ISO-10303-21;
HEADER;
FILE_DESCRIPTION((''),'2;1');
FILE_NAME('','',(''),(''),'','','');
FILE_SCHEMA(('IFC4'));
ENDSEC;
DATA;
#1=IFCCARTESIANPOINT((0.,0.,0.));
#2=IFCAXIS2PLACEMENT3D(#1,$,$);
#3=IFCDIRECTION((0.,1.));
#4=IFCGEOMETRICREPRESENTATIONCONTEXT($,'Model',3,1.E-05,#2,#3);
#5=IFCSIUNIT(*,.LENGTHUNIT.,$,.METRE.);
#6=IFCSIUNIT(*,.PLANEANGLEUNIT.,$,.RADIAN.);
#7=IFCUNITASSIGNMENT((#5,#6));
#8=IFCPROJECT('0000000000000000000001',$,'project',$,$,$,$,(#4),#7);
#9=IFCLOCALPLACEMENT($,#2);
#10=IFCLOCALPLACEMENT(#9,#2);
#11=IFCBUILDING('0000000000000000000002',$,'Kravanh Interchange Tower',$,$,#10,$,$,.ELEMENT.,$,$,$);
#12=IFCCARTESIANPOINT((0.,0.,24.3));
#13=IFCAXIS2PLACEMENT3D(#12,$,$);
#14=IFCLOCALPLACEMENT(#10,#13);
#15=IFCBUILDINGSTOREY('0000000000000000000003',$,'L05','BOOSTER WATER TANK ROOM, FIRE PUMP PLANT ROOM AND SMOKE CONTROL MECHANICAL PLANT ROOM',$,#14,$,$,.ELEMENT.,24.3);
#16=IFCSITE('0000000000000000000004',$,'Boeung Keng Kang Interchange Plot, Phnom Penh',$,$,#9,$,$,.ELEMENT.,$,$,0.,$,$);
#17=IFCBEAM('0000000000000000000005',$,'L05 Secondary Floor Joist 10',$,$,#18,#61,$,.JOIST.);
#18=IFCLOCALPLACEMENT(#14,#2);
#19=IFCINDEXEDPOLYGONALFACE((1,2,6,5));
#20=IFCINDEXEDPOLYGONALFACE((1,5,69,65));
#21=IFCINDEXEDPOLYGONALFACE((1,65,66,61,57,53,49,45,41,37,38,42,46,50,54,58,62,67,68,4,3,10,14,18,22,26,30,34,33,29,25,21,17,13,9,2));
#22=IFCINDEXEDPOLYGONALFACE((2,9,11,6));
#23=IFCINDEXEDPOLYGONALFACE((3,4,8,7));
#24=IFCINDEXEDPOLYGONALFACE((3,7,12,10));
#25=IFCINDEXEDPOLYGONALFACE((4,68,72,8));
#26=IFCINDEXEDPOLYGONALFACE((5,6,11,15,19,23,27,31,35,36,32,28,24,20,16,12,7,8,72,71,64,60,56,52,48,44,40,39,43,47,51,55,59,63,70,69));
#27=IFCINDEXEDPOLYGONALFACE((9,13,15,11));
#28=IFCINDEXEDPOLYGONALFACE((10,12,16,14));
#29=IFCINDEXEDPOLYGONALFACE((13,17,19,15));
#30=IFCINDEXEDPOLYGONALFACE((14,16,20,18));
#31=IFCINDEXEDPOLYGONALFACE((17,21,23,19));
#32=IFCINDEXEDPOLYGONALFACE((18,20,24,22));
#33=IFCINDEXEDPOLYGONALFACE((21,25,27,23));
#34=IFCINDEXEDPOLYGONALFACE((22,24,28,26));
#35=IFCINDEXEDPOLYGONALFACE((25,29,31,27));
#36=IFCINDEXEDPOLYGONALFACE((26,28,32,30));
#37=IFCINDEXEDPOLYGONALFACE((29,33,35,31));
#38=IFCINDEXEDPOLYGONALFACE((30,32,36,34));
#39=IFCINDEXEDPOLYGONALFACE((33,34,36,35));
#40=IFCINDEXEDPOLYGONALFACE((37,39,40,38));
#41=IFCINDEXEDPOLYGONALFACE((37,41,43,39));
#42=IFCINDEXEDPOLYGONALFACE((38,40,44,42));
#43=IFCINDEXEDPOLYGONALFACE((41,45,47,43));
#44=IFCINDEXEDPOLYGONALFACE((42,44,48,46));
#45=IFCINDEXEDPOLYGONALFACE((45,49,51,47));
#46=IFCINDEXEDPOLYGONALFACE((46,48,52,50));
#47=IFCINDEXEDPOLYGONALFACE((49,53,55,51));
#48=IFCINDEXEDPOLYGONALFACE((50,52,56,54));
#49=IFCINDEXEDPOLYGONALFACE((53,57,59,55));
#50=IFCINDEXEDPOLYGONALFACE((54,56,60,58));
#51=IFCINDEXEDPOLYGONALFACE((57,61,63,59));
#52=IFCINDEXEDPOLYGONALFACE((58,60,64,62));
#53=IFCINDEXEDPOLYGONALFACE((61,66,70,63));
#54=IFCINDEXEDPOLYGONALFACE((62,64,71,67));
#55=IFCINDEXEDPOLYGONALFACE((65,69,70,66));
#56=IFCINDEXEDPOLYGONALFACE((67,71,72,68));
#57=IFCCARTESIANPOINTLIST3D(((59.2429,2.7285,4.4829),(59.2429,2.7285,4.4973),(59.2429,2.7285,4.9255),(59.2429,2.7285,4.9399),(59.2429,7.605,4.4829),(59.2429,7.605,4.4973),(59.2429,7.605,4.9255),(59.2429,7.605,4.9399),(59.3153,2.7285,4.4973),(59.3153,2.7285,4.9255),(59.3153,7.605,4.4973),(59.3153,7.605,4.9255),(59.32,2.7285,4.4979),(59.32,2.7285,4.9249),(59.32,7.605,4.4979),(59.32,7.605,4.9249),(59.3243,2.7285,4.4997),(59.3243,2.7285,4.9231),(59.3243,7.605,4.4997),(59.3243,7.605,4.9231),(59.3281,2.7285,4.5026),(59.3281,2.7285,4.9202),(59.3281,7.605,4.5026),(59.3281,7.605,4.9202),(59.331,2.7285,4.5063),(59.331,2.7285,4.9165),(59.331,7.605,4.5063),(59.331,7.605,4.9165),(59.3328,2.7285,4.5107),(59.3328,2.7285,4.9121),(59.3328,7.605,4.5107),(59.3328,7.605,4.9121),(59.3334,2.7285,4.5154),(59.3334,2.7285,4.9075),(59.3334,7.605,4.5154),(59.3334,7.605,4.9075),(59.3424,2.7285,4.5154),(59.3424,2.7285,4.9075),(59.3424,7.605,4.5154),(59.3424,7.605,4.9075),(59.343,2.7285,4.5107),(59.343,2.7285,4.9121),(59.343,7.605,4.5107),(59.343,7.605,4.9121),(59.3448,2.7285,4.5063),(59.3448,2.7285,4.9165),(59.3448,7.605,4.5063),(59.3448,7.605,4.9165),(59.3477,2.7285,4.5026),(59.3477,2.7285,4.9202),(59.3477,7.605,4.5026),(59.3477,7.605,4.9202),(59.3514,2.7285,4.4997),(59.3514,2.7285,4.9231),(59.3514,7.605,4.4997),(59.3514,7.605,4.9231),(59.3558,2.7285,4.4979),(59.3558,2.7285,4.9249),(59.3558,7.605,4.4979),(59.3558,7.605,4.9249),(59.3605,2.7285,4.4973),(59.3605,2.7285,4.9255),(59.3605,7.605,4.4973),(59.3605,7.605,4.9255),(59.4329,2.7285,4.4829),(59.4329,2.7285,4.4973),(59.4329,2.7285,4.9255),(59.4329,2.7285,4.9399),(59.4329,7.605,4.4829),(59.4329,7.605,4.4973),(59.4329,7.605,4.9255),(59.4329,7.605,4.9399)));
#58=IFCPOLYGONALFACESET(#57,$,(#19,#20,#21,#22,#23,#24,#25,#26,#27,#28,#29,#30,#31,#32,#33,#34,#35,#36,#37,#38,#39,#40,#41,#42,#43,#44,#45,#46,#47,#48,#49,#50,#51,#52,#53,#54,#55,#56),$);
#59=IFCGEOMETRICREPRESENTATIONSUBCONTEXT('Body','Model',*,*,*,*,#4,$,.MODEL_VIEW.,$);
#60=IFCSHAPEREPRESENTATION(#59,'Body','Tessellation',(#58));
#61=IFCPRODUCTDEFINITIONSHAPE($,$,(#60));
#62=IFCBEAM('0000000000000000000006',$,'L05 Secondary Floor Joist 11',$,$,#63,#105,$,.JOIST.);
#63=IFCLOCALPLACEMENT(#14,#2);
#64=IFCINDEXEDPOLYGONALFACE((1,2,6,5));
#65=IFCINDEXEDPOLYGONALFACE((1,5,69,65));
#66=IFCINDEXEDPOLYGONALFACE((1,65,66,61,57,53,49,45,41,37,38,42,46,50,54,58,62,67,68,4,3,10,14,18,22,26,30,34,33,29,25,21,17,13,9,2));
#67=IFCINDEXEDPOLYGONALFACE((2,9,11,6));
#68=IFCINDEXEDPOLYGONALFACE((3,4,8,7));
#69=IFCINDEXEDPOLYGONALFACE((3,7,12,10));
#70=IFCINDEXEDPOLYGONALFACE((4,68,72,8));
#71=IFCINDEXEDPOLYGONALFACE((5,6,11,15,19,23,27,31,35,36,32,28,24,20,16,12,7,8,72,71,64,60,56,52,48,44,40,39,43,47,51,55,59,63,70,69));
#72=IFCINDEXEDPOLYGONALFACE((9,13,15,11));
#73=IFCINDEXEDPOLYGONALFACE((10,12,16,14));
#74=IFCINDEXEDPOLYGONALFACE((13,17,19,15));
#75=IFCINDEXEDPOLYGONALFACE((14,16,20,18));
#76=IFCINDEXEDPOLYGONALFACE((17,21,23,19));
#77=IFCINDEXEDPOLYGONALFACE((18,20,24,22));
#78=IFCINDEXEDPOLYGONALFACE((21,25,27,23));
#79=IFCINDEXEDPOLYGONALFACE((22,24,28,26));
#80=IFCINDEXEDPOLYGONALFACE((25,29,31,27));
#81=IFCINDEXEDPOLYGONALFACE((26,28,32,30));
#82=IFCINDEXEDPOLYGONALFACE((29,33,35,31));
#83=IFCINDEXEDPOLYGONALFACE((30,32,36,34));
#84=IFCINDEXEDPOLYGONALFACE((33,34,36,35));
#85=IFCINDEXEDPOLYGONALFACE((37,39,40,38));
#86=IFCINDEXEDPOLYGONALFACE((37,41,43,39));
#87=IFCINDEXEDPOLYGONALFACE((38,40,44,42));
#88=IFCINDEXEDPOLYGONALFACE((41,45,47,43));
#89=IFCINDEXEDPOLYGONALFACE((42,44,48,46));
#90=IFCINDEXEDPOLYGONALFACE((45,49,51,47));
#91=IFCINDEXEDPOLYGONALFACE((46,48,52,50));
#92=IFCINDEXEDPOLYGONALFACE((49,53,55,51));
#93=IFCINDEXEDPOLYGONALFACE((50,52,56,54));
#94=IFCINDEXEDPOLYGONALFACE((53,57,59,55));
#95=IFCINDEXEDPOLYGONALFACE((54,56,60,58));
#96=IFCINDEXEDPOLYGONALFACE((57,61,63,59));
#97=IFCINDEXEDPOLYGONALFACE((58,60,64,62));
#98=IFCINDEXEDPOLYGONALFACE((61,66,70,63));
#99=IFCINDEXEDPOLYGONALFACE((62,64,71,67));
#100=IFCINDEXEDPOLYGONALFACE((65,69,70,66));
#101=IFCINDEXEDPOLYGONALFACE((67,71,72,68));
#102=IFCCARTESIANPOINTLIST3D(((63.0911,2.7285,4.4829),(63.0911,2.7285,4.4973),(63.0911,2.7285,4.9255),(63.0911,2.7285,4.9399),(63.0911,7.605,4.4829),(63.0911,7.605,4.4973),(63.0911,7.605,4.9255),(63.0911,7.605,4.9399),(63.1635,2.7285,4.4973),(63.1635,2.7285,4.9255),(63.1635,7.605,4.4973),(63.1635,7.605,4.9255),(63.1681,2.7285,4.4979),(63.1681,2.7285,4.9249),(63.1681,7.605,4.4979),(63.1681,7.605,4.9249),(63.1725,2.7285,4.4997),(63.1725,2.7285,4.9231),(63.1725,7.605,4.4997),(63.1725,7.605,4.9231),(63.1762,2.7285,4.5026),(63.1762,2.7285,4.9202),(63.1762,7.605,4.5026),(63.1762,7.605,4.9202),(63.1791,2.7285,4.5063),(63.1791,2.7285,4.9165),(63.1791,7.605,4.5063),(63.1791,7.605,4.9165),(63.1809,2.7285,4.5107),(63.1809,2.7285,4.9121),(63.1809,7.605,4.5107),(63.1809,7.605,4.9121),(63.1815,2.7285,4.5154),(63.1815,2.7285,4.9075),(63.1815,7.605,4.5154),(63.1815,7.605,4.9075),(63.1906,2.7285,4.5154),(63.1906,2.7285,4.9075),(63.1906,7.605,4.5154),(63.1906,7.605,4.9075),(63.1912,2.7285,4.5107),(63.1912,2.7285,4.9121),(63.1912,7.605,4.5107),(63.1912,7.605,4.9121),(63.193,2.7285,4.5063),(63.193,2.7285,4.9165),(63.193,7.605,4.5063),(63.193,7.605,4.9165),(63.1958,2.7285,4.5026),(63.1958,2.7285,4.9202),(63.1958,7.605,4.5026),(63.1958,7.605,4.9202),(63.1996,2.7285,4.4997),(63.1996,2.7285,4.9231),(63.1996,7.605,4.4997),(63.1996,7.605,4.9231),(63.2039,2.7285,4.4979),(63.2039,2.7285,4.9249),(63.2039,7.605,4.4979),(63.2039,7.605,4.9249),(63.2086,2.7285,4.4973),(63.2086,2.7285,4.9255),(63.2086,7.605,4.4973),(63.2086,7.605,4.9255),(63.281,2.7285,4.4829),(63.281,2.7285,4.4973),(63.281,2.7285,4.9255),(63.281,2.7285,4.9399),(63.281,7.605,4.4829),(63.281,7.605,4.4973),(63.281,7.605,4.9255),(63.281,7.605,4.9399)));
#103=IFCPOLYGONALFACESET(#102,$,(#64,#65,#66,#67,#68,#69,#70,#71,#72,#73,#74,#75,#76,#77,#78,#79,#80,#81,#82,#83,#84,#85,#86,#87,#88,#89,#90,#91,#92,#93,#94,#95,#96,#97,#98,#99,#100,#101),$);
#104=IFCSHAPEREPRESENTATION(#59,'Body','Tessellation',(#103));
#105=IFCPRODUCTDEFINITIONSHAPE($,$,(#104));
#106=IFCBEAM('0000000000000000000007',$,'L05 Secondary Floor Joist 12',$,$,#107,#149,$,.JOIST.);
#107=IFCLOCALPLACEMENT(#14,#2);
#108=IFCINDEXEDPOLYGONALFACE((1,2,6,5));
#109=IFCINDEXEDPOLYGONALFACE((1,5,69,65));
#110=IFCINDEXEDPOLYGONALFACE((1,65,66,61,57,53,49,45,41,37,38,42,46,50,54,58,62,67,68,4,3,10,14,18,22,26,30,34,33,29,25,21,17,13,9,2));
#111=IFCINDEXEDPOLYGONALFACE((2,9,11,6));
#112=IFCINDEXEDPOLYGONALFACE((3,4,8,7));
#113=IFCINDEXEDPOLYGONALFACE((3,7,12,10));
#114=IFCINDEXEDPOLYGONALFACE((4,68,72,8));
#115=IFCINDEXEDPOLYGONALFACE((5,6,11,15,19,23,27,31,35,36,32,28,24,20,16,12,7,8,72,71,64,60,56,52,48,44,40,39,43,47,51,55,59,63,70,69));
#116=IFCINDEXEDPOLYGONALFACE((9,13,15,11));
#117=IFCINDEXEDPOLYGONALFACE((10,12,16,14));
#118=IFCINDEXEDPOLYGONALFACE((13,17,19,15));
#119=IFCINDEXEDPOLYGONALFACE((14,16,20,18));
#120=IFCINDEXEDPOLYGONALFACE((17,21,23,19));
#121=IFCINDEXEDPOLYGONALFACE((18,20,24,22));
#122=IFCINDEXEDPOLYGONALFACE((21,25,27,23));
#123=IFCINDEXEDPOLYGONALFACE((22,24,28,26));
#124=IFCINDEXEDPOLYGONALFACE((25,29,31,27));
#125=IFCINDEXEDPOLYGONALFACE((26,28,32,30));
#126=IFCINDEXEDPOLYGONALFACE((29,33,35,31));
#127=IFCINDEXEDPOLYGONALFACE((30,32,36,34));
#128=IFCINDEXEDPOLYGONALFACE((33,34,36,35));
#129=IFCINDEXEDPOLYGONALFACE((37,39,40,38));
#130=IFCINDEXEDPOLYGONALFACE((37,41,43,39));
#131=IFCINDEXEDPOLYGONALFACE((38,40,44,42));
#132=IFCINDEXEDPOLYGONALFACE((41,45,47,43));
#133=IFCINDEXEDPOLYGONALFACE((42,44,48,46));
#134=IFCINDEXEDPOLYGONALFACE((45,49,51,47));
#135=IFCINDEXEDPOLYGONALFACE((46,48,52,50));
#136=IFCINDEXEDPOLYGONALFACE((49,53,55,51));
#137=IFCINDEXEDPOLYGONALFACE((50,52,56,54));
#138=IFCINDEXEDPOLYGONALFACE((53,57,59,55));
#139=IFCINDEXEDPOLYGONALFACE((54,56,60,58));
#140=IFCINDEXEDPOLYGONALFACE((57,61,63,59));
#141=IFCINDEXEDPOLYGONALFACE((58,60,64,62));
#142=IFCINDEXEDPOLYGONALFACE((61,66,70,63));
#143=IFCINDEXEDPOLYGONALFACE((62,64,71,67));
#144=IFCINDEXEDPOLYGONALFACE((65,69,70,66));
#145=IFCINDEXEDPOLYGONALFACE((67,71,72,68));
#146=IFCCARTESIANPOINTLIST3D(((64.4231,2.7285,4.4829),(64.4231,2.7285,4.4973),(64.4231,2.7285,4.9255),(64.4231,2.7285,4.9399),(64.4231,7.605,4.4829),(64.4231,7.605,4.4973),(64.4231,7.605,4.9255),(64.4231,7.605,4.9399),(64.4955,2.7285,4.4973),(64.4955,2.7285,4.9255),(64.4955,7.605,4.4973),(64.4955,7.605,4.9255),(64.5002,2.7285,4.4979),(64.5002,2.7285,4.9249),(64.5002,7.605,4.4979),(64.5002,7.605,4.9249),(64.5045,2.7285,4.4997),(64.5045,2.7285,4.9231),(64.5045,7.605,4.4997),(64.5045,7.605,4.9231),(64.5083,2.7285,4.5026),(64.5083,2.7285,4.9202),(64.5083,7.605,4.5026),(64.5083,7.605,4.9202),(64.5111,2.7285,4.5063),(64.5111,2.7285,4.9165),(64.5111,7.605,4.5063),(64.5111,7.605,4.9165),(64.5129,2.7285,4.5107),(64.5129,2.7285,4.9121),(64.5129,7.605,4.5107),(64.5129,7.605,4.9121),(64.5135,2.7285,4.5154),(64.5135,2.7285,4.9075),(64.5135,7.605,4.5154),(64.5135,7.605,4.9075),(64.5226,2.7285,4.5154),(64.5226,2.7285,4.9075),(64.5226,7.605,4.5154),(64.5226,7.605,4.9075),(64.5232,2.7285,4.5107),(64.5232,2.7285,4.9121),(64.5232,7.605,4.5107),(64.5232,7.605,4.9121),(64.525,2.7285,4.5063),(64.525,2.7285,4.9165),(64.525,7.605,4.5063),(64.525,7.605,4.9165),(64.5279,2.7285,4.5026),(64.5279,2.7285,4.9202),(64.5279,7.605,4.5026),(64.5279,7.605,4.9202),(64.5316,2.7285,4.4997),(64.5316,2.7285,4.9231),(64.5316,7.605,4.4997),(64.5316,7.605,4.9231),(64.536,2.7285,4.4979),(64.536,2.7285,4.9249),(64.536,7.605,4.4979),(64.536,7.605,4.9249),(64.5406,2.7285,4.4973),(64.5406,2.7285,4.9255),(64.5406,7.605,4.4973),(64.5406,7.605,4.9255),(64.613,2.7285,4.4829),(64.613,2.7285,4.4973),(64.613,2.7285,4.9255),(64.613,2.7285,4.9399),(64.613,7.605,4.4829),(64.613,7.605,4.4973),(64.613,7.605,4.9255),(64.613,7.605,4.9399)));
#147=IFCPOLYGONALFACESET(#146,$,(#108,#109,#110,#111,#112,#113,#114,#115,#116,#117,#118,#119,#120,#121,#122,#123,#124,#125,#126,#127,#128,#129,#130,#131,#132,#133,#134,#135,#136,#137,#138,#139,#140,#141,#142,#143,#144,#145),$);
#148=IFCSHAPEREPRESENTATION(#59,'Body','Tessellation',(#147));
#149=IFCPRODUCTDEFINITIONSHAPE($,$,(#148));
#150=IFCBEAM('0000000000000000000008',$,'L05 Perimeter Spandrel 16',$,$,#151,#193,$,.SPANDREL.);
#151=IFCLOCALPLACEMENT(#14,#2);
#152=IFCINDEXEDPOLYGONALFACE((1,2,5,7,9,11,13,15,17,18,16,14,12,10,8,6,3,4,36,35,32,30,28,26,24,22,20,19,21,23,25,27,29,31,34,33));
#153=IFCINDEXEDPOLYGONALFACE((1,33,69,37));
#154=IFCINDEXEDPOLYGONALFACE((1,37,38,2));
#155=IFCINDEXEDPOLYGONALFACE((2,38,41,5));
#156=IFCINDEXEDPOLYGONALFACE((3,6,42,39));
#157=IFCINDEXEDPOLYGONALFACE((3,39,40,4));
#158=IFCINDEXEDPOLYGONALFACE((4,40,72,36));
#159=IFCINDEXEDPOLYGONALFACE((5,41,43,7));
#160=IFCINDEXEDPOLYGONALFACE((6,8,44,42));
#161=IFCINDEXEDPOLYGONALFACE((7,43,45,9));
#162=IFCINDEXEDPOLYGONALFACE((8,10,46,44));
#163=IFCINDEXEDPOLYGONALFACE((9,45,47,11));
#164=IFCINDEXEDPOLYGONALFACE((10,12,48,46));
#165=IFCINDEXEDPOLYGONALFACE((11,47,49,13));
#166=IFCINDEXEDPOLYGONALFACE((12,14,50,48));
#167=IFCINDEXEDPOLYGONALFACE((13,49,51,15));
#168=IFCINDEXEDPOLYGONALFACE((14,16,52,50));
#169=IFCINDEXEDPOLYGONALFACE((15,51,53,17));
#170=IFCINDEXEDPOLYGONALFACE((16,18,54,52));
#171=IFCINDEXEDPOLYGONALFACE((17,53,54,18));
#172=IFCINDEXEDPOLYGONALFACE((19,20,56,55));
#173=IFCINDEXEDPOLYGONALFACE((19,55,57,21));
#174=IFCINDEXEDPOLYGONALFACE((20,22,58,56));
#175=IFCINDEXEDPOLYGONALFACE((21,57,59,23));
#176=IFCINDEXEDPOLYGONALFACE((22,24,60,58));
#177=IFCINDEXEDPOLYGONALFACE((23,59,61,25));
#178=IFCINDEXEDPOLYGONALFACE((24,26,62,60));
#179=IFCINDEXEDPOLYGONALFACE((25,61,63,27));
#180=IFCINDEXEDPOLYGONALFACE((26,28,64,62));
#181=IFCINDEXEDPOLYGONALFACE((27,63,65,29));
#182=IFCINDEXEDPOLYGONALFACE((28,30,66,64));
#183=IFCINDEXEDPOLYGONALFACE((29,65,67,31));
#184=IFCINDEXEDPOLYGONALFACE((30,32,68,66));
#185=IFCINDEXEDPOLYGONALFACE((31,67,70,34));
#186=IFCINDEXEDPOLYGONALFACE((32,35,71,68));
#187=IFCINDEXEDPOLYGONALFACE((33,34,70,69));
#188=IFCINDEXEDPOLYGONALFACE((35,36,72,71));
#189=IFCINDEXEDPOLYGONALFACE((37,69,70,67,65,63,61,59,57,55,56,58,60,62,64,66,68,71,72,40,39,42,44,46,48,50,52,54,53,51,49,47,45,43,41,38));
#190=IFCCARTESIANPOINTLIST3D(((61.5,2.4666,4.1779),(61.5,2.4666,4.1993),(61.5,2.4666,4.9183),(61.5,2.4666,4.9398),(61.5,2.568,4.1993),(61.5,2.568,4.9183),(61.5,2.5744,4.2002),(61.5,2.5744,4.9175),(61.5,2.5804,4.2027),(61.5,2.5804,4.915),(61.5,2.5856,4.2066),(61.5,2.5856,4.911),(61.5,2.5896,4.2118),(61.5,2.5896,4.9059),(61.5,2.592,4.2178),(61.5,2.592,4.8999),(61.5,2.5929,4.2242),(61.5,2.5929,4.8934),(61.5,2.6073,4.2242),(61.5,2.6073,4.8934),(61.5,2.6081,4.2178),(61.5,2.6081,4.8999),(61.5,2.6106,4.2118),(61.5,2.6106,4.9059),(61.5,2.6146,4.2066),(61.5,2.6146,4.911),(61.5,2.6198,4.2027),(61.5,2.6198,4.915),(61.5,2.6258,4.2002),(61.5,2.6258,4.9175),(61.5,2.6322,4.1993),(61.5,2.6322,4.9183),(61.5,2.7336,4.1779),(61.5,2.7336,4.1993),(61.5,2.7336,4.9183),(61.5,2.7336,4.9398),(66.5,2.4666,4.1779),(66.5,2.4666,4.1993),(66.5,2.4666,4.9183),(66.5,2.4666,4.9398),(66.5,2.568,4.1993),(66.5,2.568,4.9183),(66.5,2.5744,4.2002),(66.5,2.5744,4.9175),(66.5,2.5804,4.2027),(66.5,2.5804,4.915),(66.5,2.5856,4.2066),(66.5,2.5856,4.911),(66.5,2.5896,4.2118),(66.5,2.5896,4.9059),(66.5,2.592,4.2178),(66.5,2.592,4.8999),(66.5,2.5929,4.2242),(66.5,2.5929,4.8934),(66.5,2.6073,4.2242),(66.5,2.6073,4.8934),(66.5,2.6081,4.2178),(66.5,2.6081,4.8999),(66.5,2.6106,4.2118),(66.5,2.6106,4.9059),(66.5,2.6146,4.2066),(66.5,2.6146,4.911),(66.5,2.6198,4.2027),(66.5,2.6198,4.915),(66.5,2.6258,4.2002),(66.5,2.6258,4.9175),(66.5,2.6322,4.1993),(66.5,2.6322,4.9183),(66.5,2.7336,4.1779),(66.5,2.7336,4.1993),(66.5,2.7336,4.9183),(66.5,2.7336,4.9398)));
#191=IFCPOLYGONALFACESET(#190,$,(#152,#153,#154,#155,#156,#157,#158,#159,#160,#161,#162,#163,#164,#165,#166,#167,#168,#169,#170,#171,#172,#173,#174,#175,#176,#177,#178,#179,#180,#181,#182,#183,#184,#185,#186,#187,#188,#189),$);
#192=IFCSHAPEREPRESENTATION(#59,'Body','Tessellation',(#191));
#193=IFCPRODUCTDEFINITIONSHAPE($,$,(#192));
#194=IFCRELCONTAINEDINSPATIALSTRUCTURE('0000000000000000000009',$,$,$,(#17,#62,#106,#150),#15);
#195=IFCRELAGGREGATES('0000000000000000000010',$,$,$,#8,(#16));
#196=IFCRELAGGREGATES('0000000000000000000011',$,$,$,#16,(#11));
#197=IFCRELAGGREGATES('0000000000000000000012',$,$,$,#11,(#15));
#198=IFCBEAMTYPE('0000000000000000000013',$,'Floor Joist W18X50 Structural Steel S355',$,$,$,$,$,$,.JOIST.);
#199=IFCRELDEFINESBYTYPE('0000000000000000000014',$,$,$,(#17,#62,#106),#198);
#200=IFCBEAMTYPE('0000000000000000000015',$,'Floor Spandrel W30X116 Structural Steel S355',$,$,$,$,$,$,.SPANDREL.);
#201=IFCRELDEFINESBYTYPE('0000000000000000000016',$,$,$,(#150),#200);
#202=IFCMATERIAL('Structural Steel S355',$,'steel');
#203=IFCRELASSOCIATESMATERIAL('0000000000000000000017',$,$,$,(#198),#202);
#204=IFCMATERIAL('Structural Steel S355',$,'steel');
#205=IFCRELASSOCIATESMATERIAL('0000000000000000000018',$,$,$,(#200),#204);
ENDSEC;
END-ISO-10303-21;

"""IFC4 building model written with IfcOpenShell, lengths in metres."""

from ifc_helpers import new_model, si_unit, direction, frame, origin, origin_2d, place, context, subcontext, project, spatial, i_section, extrude, material, material_profile, profile_set, type_object, element, save


model = new_model("IFC4")

# Units and contexts
model_context = context("Model", 3, precision=1e-05, world=origin(), true_north=direction((0.0, 1.0)))
body_context = subcontext(model_context, "Body", "Model", "MODEL_VIEW")
ifc_project = project(units=[si_unit("LENGTHUNIT", "METRE"), si_unit("PLANEANGLEUNIT", "RADIAN")], contexts=[model_context])

# Site, building, storey
site_placement = place(None, origin())
site = spatial("IfcSite", under=ifc_project, at=site_placement, Name="Boeung Keng Kang Interchange Plot, Phnom Penh", CompositionType="ELEMENT", RefElevation=0.0)
building_placement = place(site_placement, origin())
building = spatial("IfcBuilding", under=site, at=building_placement, Name="Kravanh Interchange Tower", CompositionType="ELEMENT")
storey_placement = place(building_placement, frame((0.0, 0.0, 24.3)))
storey = spatial("IfcBuildingStorey", under=building, at=storey_placement, Name="L05", Description="BOOSTER WATER TANK ROOM, FIRE PUMP PLANT ROOM AND SMOKE CONTROL MECHANICAL PLANT ROOM", CompositionType="ELEMENT", Elevation=24.3)

# Beams
ifc_material_1 = material(Name="Structural Steel S355", Category="steel")
ifc_material_profile_1 = material_profile(ifc_material_1, i_section(OverallWidth=0.1899, OverallDepth=0.457, WebThickness=0.009, FlangeThickness=0.0144, FilletRadius=0.0181, at=origin_2d()), Name="W18X50")
ifc_profile_set_1 = profile_set([ifc_material_profile_1], Name="Structural Steel S355")
beam_type_1 = type_object("IfcBeamType", Name="Floor Joist W18X50 Structural Steel S355", PredefinedType="JOIST", material=ifc_profile_set_1)
for number, where, z_axis, x_axis, name in (
    (1, (59.3379, 2.7285, 4.7114), (0.0, 1.0, 0.0), (-1.0, 0.0, 0.0), "L05 Secondary Floor Joist 10"),
    (2, (63.186, 2.7285, 4.7114), (0.0, 1.0, 0.0), (-1.0, 0.0, 0.0), "L05 Secondary Floor Joist 11"),
    (3, (64.5181, 2.7285, 4.7114), (0.0, 1.0, 0.0), (-1.0, 0.0, 0.0), "L05 Secondary Floor Joist 12"),
):
    element("IfcBeam", number, at=place(storey_placement, frame(where, z_axis=z_axis, x_axis=x_axis)), inside=storey, type_object=beam_type_1, Name=name, PredefinedType="JOIST", context=body_context, shape_type="SweptSolid", body=[
        extrude(i_section(OverallWidth=0.1899, OverallDepth=0.457, WebThickness=0.009, FlangeThickness=0.0144, FilletRadius=0.0181, at=origin_2d()), origin(), (0.0, 0.0, 1.0), 4.8765),
    ])
ifc_material_2 = material(Name="Structural Steel S355", Category="steel")
ifc_material_profile_2 = material_profile(ifc_material_2, i_section(OverallWidth=0.2671, OverallDepth=0.762, WebThickness=0.0144, FlangeThickness=0.0215, FilletRadius=0.0249, at=origin_2d()), Name="W30X116")
ifc_profile_set_2 = profile_set([ifc_material_profile_2], Name="Structural Steel S355")
beam_type_2 = type_object("IfcBeamType", Name="Floor Spandrel W30X116 Structural Steel S355", PredefinedType="SPANDREL", material=ifc_profile_set_2)
beam_1_placement = place(storey_placement, frame((61.5, 2.6001, 4.5588), z_axis=(1.0, 0.0, 0.0), x_axis=(0.0, 1.0, 0.0)))
element("IfcBeam", 4, at=beam_1_placement, inside=storey, type_object=beam_type_2, Name="L05 Perimeter Spandrel 16", PredefinedType="SPANDREL", context=body_context, shape_type="SweptSolid", body=[
    extrude(i_section(OverallWidth=0.2671, OverallDepth=0.762, WebThickness=0.0144, FlangeThickness=0.0215, FilletRadius=0.0249, at=origin_2d()), origin(), (0.0, 0.0, 1.0), 5.0),
])

save(model, "model.ifc")
